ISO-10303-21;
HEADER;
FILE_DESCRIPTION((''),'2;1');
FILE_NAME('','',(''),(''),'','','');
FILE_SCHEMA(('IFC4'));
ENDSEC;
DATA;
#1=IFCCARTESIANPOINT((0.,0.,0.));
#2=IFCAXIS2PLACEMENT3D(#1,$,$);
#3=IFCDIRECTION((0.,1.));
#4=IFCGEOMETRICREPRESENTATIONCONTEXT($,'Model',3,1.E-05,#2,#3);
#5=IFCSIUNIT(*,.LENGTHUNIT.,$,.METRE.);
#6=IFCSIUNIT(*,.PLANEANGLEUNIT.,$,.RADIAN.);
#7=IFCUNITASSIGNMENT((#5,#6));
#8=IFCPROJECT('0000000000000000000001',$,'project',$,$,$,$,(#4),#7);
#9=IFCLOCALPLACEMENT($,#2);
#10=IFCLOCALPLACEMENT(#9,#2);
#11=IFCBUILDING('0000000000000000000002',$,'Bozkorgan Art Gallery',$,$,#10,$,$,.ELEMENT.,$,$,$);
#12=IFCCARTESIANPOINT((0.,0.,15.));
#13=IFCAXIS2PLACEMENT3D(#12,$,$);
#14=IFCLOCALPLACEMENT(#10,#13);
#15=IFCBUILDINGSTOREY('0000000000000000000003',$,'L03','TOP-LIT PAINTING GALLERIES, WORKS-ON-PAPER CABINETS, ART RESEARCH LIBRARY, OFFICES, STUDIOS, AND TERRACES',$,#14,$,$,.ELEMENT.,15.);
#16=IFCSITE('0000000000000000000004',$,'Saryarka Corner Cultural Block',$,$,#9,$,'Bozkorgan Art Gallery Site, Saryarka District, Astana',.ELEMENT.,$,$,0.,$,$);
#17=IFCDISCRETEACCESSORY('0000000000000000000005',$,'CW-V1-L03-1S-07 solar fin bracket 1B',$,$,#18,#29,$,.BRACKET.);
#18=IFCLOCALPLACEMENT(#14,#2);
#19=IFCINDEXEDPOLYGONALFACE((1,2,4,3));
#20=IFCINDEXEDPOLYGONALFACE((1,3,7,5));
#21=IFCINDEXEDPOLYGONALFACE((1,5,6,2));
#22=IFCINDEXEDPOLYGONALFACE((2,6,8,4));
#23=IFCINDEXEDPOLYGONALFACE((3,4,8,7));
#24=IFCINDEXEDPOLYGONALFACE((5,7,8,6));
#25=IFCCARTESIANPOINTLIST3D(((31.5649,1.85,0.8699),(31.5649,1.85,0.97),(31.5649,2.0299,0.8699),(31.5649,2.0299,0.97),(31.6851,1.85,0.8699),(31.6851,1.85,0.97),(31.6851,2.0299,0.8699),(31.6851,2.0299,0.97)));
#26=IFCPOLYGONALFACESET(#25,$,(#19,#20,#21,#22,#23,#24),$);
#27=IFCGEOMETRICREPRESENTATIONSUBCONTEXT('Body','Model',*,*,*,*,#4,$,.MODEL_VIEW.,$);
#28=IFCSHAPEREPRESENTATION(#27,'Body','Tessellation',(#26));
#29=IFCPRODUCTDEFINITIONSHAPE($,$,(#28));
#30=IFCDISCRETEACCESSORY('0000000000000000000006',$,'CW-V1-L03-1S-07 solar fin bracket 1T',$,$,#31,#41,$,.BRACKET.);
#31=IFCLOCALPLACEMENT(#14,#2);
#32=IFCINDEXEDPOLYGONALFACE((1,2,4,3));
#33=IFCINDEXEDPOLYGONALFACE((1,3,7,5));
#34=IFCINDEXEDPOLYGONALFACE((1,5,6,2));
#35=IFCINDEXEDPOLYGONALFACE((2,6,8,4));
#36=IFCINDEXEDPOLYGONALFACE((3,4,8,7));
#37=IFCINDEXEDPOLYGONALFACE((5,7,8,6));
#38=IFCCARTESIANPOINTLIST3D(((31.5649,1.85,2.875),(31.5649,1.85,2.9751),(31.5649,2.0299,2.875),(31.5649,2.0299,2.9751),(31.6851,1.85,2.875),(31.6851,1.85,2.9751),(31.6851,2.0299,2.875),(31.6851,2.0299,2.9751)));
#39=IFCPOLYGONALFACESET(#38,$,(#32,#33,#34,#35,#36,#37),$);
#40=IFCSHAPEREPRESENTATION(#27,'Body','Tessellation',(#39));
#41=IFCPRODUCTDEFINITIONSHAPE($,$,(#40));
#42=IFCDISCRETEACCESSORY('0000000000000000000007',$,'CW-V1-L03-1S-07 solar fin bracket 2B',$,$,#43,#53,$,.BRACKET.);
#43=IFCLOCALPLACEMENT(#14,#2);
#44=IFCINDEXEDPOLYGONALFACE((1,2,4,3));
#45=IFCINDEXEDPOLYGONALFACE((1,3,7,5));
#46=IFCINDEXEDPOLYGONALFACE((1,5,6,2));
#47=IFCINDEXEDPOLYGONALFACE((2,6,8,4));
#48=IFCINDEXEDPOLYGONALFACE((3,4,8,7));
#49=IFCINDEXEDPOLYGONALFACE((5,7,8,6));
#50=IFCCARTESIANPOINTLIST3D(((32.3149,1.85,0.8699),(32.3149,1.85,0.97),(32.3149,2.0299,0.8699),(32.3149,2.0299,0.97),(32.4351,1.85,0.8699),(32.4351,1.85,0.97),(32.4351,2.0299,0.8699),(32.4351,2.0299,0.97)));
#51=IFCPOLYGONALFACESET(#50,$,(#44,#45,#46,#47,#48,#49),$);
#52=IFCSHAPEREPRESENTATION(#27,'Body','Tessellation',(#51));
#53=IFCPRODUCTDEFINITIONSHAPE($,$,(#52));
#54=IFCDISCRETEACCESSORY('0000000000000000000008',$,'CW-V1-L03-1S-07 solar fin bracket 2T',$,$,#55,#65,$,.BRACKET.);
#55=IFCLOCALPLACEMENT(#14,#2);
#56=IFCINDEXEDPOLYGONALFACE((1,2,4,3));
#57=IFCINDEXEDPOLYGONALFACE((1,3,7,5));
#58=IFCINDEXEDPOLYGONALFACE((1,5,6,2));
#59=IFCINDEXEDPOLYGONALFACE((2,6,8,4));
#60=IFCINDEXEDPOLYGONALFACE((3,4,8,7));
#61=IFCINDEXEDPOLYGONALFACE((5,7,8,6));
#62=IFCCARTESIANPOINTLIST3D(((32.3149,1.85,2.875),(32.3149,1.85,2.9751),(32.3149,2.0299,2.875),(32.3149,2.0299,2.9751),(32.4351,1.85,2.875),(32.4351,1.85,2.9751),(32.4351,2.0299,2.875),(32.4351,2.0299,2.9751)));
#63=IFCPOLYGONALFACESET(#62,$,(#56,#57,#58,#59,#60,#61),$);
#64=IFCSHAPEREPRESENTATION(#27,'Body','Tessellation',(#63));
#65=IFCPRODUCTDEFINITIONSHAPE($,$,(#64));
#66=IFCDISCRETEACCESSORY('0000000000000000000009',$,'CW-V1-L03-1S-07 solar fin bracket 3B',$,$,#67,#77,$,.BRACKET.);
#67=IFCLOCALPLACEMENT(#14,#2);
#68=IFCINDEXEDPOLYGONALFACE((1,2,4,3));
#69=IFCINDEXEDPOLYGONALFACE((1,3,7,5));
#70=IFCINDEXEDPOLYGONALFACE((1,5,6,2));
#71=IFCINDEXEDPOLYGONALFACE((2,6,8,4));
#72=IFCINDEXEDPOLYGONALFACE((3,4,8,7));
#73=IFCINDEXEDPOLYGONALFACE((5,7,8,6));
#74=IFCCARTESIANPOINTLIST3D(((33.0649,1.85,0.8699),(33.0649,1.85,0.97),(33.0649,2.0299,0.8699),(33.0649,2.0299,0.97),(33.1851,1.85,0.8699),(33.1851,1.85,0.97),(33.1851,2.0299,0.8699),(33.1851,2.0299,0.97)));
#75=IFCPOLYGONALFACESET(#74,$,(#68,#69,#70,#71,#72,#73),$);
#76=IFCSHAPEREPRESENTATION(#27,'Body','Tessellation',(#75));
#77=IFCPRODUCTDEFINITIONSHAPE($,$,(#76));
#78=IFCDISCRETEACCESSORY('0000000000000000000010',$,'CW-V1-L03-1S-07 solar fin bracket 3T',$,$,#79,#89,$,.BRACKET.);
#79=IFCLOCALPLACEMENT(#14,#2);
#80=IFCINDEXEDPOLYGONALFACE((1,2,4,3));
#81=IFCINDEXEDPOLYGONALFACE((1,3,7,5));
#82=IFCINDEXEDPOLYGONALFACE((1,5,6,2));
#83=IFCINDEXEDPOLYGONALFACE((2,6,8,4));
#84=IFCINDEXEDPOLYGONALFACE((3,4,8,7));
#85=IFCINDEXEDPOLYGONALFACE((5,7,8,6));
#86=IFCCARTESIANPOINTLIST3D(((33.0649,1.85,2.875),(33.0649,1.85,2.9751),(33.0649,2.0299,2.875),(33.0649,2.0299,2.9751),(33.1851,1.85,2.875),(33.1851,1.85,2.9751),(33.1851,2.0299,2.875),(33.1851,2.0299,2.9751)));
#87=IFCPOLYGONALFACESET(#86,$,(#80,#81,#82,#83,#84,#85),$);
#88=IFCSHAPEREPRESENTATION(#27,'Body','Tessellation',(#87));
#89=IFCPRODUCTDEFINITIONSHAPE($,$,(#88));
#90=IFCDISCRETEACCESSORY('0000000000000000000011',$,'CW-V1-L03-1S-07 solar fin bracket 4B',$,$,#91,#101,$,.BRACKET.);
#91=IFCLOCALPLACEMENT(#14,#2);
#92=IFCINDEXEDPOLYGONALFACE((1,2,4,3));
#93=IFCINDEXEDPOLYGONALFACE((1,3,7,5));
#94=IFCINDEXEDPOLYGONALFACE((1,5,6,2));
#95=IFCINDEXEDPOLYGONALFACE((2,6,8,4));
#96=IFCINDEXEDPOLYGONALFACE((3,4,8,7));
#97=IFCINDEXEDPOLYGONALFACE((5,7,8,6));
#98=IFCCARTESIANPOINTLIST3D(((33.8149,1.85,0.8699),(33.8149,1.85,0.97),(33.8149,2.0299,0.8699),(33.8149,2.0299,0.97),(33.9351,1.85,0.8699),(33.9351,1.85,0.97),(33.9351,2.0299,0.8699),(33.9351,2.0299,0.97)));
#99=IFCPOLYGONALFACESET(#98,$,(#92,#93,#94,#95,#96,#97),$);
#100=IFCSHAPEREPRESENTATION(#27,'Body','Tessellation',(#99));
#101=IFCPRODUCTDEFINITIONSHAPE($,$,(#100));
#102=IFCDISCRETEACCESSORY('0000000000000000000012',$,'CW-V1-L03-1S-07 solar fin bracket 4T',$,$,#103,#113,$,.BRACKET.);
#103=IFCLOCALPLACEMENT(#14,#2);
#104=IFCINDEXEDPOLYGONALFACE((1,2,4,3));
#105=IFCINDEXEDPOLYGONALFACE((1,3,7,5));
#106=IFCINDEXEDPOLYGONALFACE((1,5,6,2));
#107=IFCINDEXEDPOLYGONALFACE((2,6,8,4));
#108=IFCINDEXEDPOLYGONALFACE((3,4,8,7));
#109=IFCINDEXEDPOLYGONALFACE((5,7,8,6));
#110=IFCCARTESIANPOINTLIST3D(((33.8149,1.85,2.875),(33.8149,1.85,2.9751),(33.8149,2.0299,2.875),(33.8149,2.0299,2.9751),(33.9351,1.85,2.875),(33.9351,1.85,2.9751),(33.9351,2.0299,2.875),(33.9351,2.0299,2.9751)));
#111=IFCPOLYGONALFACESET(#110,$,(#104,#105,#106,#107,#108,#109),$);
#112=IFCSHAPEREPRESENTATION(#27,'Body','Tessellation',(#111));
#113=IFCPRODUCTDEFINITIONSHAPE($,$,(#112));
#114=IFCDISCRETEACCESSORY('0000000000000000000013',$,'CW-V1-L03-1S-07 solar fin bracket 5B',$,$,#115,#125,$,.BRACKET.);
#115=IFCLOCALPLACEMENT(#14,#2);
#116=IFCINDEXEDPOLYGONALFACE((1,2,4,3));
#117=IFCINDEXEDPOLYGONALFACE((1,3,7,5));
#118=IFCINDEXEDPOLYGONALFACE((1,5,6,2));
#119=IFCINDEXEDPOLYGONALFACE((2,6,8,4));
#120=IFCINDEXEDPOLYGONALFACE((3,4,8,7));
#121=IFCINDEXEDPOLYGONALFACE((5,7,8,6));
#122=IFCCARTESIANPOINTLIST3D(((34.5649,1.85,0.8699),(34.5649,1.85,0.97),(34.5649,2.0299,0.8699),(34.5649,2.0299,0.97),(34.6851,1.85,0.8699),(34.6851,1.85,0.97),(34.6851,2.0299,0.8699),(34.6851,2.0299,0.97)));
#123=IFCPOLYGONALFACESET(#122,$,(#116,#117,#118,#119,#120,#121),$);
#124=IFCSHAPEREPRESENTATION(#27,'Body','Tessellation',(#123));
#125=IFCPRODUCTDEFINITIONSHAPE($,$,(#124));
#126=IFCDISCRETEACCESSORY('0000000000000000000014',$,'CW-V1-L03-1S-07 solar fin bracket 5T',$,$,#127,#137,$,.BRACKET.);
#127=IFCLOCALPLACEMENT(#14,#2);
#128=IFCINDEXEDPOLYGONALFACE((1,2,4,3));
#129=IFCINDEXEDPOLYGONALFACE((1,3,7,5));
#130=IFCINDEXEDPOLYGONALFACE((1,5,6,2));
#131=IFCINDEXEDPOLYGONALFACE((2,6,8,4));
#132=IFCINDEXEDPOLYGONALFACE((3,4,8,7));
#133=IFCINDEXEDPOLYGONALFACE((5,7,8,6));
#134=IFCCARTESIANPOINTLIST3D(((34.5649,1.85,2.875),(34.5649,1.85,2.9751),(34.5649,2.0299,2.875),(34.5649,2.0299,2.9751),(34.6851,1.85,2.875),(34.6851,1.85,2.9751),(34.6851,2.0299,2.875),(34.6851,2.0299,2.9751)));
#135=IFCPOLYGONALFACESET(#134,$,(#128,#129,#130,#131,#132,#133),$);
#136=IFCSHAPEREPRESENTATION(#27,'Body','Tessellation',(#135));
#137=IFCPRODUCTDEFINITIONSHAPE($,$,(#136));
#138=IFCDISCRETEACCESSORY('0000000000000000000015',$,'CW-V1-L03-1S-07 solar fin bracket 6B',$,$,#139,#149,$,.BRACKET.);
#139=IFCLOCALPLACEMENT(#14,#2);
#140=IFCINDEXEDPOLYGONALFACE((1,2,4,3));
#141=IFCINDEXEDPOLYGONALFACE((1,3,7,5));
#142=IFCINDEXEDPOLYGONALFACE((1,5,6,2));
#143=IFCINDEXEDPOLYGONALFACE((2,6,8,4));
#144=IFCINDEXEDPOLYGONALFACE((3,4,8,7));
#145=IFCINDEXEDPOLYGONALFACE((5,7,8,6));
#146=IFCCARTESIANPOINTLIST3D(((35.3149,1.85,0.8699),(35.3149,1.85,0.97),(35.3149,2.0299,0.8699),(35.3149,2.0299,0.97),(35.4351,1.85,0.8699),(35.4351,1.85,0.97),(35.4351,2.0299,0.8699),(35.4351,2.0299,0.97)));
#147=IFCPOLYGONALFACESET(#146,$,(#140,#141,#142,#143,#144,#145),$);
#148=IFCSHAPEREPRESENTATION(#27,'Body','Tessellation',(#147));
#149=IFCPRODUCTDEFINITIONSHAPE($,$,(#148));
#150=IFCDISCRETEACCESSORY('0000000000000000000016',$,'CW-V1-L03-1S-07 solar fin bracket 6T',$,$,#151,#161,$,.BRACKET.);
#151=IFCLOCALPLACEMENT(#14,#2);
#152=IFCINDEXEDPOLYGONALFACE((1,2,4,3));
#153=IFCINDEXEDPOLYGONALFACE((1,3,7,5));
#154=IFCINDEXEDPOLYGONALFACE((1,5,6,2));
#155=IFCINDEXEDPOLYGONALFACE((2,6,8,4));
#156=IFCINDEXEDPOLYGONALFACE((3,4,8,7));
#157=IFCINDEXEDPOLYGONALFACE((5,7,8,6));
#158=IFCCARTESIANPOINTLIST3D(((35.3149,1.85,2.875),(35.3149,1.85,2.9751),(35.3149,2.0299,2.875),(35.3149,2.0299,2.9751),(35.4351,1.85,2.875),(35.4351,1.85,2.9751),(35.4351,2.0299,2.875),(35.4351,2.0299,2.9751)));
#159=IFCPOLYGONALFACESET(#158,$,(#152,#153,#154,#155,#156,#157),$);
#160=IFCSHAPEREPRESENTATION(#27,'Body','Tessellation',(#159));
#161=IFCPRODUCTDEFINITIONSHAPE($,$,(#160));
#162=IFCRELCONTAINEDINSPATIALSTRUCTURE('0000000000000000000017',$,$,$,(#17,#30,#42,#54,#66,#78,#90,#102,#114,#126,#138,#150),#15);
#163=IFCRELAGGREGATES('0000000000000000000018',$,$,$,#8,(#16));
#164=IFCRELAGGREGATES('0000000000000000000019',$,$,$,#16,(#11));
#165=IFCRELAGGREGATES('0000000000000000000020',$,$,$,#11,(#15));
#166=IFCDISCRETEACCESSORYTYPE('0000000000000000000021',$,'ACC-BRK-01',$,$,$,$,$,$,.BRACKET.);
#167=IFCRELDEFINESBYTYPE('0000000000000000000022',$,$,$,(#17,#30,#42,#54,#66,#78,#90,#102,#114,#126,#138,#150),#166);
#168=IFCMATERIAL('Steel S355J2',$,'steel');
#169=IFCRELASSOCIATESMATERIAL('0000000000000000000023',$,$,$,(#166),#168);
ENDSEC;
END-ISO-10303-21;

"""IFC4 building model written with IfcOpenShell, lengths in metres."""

from ifc_helpers import new_model, si_unit, direction, frame, origin, origin_2d, place, context, subcontext, project, spatial, rectangle, extrude, material, type_object, element, save


model = new_model("IFC4")

# Units and contexts
model_context = context("Model", 3, precision=1e-05, world=origin(), true_north=direction((0.0, 1.0)))
body_context = subcontext(model_context, "Body", "Model", "MODEL_VIEW")
ifc_project = project(units=[si_unit("LENGTHUNIT", "METRE"), si_unit("PLANEANGLEUNIT", "RADIAN")], contexts=[model_context])

# Site, building, storey
site_placement = place(None, origin())
site = spatial("IfcSite", under=ifc_project, at=site_placement, Name="Saryarka Corner Cultural Block", LongName="Bozkorgan Art Gallery Site, Saryarka District, Astana", CompositionType="ELEMENT", RefElevation=0.0)
building_placement = place(site_placement, origin())
building = spatial("IfcBuilding", under=site, at=building_placement, Name="Bozkorgan Art Gallery", CompositionType="ELEMENT")
storey_placement = place(building_placement, frame((0.0, 0.0, 15.0)))
storey = spatial("IfcBuildingStorey", under=building, at=storey_placement, Name="L03", Description="TOP-LIT PAINTING GALLERIES, WORKS-ON-PAPER CABINETS, ART RESEARCH LIBRARY, OFFICES, STUDIOS, AND TERRACES", CompositionType="ELEMENT", Elevation=15.0)

# Discrete accessories
ifc_material_1 = material(Name="Steel S355J2", Category="steel")
discrete_accessory_type = type_object("IfcDiscreteAccessoryType", Name="ACC-BRK-01", PredefinedType="BRACKET", material=ifc_material_1)
for number, where, z_axis, x_axis, name in (
    (1, (31.625, 1.9399, 0.8699), (0.0, 0.0, 1.0), (0.0, -1.0, 0.0), "CW-V1-L03-1S-07 solar fin bracket 1B"),
    (2, (31.625, 1.9399, 2.875), (0.0, 0.0, 1.0), (0.0, -1.0, 0.0), "CW-V1-L03-1S-07 solar fin bracket 1T"),
    (3, (32.375, 1.9399, 0.8699), (0.0, 0.0, 1.0), (0.0, -1.0, 0.0), "CW-V1-L03-1S-07 solar fin bracket 2B"),
    (4, (32.375, 1.9399, 2.875), (0.0, 0.0, 1.0), (0.0, -1.0, 0.0), "CW-V1-L03-1S-07 solar fin bracket 2T"),
    (5, (33.125, 1.9399, 0.8699), (0.0, 0.0, 1.0), (0.0, -1.0, 0.0), "CW-V1-L03-1S-07 solar fin bracket 3B"),
    (6, (33.125, 1.9399, 2.875), (0.0, 0.0, 1.0), (0.0, -1.0, 0.0), "CW-V1-L03-1S-07 solar fin bracket 3T"),
    (7, (33.875, 1.9399, 0.8699), (0.0, 0.0, 1.0), (0.0, -1.0, 0.0), "CW-V1-L03-1S-07 solar fin bracket 4B"),
    (8, (33.875, 1.9399, 2.875), (0.0, 0.0, 1.0), (0.0, -1.0, 0.0), "CW-V1-L03-1S-07 solar fin bracket 4T"),
    (9, (34.625, 1.9399, 0.8699), (0.0, 0.0, 1.0), (0.0, -1.0, 0.0), "CW-V1-L03-1S-07 solar fin bracket 5B"),
    (10, (34.625, 1.9399, 2.875), (0.0, 0.0, 1.0), (0.0, -1.0, 0.0), "CW-V1-L03-1S-07 solar fin bracket 5T"),
    (11, (35.375, 1.9399, 0.8699), (0.0, 0.0, 1.0), (0.0, -1.0, 0.0), "CW-V1-L03-1S-07 solar fin bracket 6B"),
    (12, (35.375, 1.9399, 2.875), (0.0, 0.0, 1.0), (0.0, -1.0, 0.0), "CW-V1-L03-1S-07 solar fin bracket 6T"),
):
    element("IfcDiscreteAccessory", number, at=place(storey_placement, frame(where, z_axis=z_axis, x_axis=x_axis)), inside=storey, type_object=discrete_accessory_type, Name=name, PredefinedType="BRACKET", context=body_context, shape_type="SweptSolid", body=[
        extrude(rectangle(XDim=0.1799, YDim=0.1201, at=origin_2d()), origin(), (0.0, 0.0, 1.0), 0.1001),
    ])

save(model, "model.ifc")
